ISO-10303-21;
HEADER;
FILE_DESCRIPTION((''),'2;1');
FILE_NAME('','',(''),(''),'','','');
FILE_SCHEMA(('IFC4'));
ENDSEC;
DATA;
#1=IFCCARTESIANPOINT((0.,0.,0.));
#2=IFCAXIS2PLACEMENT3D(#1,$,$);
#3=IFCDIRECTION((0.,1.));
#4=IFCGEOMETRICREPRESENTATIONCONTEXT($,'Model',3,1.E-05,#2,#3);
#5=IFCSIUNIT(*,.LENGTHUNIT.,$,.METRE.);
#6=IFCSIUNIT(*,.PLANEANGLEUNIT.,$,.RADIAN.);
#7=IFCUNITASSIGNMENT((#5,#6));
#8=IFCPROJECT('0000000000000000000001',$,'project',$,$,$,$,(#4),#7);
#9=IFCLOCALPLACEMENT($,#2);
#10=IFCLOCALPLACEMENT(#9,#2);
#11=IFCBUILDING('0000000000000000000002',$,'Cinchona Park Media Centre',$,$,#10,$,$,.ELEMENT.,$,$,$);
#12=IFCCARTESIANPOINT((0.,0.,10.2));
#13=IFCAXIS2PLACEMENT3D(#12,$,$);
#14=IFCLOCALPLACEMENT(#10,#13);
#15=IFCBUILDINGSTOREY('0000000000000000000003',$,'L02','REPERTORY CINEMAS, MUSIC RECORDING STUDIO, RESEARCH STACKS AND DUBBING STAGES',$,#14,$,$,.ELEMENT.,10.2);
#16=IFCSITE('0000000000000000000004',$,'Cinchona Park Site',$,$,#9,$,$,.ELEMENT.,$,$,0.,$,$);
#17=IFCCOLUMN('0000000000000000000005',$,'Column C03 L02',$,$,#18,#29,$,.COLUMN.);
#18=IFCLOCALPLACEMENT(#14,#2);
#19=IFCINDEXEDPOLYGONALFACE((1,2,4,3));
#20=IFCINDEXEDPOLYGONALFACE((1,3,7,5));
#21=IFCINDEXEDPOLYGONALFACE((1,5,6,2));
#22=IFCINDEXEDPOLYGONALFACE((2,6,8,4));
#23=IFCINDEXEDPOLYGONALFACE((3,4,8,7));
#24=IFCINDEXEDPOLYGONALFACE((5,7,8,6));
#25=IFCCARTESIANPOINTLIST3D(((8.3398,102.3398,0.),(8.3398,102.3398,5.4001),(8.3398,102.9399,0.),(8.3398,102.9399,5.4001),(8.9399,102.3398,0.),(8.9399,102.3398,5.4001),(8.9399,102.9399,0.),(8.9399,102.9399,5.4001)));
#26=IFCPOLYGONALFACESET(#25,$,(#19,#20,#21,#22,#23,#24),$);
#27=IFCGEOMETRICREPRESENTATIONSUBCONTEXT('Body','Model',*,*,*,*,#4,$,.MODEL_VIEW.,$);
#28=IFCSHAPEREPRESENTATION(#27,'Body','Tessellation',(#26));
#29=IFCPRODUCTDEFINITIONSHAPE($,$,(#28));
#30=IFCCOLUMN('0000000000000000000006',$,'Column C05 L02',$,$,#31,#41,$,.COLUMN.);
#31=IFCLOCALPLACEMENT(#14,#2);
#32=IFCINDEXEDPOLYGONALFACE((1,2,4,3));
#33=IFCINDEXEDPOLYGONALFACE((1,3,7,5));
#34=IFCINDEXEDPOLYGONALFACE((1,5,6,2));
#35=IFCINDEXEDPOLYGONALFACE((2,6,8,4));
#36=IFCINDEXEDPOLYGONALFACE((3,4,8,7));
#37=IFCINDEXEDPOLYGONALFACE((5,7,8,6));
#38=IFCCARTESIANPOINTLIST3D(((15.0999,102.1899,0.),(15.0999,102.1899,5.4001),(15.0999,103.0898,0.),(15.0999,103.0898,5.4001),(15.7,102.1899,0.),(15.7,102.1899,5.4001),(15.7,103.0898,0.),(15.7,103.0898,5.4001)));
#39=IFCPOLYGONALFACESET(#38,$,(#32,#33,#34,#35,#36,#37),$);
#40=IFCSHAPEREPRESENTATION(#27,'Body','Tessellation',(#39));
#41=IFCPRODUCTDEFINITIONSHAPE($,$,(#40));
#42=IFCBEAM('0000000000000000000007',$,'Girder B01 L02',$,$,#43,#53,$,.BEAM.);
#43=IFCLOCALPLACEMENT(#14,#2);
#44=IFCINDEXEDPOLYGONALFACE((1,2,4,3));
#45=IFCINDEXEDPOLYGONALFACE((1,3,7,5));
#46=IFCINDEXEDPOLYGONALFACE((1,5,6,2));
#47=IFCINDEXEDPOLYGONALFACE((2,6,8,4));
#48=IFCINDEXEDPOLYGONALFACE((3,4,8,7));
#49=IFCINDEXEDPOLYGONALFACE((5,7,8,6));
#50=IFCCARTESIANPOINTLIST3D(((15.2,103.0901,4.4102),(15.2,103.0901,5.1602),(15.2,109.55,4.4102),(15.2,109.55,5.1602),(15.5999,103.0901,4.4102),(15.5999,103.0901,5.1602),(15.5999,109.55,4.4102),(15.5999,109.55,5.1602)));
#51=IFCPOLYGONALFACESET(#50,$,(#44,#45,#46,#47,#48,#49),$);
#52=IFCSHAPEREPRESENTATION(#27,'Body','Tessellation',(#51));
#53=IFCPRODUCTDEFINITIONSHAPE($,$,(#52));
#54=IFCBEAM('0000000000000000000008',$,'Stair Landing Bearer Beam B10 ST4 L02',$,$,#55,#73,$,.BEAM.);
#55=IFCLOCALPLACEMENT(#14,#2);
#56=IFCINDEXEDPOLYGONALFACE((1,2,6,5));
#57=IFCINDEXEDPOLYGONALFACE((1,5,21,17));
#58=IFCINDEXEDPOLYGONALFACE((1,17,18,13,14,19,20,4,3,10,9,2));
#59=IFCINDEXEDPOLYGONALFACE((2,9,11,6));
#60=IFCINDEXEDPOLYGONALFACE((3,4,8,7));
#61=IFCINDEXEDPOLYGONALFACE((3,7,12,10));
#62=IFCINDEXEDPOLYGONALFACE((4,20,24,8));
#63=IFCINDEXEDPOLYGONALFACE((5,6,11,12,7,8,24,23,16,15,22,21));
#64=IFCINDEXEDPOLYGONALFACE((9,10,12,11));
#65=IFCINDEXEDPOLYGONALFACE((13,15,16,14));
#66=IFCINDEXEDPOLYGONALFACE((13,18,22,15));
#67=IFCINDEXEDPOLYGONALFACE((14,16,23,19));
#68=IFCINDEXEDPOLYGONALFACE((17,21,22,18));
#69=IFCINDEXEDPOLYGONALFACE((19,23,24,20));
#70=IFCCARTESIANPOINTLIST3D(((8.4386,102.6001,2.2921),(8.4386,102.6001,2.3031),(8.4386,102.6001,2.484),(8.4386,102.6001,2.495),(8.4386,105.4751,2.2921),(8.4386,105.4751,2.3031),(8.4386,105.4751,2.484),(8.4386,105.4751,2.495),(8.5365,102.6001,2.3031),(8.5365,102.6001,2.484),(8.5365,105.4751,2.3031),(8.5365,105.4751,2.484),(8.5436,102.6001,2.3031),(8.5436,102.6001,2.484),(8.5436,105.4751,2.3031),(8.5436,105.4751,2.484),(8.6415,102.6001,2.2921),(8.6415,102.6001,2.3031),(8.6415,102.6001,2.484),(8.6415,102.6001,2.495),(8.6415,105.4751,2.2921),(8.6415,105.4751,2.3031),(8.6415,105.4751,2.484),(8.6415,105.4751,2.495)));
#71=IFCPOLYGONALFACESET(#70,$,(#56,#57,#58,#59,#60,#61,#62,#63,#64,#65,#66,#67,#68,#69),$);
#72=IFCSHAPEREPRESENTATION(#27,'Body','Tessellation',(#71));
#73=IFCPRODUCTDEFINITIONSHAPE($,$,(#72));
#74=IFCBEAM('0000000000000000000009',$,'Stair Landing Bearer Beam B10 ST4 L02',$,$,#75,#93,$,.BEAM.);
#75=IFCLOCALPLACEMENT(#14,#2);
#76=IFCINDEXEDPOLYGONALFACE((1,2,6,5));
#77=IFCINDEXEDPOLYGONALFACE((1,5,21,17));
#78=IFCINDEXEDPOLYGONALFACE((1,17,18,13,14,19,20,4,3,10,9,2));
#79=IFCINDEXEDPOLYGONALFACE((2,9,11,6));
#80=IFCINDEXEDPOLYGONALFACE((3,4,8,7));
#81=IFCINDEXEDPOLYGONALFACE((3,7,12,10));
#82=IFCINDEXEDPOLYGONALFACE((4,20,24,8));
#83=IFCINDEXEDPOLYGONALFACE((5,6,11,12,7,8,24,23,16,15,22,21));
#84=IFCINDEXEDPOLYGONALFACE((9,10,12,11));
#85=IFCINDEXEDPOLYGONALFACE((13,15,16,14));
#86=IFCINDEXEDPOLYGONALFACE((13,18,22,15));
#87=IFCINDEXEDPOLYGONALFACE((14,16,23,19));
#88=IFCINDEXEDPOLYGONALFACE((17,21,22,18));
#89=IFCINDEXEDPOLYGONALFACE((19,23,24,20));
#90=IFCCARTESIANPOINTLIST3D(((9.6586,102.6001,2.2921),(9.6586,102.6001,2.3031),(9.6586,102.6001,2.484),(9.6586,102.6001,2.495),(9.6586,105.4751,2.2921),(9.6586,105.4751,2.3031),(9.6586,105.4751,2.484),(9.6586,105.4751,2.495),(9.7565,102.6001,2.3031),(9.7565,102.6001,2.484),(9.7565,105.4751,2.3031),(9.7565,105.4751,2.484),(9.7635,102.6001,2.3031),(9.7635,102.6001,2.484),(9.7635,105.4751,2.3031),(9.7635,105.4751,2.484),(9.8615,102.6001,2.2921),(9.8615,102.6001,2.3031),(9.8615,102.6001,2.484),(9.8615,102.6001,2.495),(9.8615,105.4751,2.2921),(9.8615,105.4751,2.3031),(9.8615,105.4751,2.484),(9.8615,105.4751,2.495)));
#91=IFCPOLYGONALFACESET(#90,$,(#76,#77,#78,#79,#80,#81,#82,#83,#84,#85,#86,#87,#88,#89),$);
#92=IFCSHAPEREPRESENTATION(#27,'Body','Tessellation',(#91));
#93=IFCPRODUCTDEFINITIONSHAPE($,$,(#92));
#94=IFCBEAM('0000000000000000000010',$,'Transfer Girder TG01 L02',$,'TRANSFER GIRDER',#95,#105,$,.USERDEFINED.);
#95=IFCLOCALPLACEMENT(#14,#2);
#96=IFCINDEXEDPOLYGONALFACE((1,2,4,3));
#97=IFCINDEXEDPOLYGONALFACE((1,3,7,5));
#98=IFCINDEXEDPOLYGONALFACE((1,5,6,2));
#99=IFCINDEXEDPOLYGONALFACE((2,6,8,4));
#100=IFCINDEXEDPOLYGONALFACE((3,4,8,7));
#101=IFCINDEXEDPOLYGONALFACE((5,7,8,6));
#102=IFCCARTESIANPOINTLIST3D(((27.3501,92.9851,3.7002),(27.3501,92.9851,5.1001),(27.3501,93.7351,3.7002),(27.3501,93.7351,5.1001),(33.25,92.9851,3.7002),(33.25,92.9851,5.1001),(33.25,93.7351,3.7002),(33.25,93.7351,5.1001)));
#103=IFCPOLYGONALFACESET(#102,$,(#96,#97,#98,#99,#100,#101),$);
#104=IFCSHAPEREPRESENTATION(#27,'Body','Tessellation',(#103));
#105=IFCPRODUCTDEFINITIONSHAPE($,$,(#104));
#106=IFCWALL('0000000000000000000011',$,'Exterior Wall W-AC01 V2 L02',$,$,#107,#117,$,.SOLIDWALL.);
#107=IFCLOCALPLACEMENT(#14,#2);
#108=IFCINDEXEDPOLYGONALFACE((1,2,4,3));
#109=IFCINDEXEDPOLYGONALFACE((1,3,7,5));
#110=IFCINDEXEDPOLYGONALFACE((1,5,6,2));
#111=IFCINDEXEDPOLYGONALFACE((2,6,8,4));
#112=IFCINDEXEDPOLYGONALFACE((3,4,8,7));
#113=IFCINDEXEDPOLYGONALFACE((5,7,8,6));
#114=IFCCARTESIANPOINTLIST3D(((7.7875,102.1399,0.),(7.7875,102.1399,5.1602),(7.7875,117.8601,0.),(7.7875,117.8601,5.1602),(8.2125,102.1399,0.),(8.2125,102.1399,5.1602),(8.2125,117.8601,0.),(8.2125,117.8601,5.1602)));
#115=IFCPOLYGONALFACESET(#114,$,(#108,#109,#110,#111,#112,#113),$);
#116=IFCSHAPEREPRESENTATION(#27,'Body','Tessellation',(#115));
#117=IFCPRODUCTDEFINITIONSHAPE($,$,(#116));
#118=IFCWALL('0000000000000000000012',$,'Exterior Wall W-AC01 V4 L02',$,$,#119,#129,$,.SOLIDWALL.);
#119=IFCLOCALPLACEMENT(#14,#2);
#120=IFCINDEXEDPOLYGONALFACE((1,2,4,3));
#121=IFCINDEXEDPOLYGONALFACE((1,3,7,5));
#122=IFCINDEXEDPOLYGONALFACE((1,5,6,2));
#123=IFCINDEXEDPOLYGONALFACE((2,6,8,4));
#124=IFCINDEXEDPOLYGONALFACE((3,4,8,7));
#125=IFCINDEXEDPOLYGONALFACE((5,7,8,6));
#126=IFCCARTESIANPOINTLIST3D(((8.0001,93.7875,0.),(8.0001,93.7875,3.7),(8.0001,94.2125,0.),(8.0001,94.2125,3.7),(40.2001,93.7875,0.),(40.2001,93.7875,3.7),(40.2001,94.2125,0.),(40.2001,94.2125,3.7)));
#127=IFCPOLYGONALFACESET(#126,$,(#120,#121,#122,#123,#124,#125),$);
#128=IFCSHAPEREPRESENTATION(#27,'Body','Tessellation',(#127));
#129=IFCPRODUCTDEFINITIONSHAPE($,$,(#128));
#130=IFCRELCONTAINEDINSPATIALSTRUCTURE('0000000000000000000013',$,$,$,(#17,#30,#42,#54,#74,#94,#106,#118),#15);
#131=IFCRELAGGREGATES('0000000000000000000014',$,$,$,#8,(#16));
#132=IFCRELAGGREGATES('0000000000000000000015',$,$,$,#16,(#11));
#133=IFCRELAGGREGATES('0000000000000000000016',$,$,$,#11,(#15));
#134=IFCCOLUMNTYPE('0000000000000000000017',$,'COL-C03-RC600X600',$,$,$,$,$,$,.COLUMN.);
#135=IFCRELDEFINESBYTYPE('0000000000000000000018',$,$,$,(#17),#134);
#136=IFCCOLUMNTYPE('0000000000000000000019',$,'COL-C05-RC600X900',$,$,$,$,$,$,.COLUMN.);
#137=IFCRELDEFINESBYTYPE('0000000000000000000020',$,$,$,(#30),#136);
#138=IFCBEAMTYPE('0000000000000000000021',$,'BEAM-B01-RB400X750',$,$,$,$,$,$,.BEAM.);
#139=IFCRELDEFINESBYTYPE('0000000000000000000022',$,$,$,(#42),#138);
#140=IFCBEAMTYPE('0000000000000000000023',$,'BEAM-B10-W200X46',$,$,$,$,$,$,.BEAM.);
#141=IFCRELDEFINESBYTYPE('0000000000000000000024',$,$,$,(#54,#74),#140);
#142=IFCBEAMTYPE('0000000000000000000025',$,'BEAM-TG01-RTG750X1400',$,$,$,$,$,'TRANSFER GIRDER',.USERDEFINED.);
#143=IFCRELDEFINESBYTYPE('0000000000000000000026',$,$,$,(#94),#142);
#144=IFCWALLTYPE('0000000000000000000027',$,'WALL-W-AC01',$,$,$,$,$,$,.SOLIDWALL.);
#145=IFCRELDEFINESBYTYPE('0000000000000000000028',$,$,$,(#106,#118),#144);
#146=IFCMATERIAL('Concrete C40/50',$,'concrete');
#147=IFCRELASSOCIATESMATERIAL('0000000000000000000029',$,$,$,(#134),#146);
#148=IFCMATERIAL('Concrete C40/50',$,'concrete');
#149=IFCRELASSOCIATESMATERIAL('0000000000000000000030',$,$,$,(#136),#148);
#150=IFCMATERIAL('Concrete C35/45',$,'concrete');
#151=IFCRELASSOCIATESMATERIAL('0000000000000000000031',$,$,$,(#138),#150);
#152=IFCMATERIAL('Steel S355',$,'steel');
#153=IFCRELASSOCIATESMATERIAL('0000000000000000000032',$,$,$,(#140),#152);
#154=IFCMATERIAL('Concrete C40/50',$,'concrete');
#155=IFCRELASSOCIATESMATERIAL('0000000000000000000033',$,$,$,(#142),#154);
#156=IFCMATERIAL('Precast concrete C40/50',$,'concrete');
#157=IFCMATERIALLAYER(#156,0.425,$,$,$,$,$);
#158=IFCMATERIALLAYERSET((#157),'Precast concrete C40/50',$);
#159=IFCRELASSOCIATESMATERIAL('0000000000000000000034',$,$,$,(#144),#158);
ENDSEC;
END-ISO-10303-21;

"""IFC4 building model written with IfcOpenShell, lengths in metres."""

from ifc_helpers import new_model, si_unit, direction, frame, frame_2d, origin, origin_2d, place, context, subcontext, project, spatial, rectangle, i_section, extrude, material, layer, layer_set, material_profile, profile_set, type_object, element, save


model = new_model("IFC4")

# Units and contexts
model_context = context("Model", 3, precision=1e-05, world=origin(), true_north=direction((0.0, 1.0)))
body_context = subcontext(model_context, "Body", "Model", "MODEL_VIEW")
ifc_project = project(units=[si_unit("LENGTHUNIT", "METRE"), si_unit("PLANEANGLEUNIT", "RADIAN")], contexts=[model_context])

# Site, building, storey
site_placement = place(None, origin())
site = spatial("IfcSite", under=ifc_project, at=site_placement, Name="Cinchona Park Site", CompositionType="ELEMENT", RefElevation=0.0)
building_placement = place(site_placement, origin())
building = spatial("IfcBuilding", under=site, at=building_placement, Name="Cinchona Park Media Centre", CompositionType="ELEMENT")
storey_placement = place(building_placement, frame((0.0, 0.0, 10.2)))
storey = spatial("IfcBuildingStorey", under=building, at=storey_placement, Name="L02", Description="REPERTORY CINEMAS, MUSIC RECORDING STUDIO, RESEARCH STACKS AND DUBBING STAGES", CompositionType="ELEMENT", Elevation=10.2)

# Columns
ifc_material_1 = material(Name="Concrete C40/50", Category="concrete")
ifc_material_profile_1 = material_profile(ifc_material_1, rectangle(XDim=0.6001, YDim=0.6001, at=origin_2d()), Name="RC 600X600")
ifc_profile_set_1 = profile_set([ifc_material_profile_1], Name="Concrete C40/50")
column_type_1 = type_object("IfcColumnType", Name="COL-C03-RC600X600", PredefinedType="COLUMN", material=ifc_profile_set_1)
column_1_placement = place(storey_placement, frame((8.6399, 102.6399, 0.0), z_axis=(0.0, 0.0, 1.0), x_axis=(1.0, 0.0, 0.0)))
element("IfcColumn", 1, at=column_1_placement, inside=storey, type_object=column_type_1, Name="Column C03 L02", PredefinedType="COLUMN", context=body_context, shape_type="SweptSolid", body=[
    extrude(rectangle(XDim=0.6001, YDim=0.6001, at=origin_2d()), origin(), (0.0, 0.0, 1.0), 5.4001),
])
ifc_material_2 = material(Name="Concrete C40/50", Category="concrete")
ifc_material_profile_2 = material_profile(ifc_material_2, rectangle(XDim=0.6001, YDim=0.8999, at=origin_2d()), Name="RC 600X900")
ifc_profile_set_2 = profile_set([ifc_material_profile_2], Name="Concrete C40/50")
column_type_2 = type_object("IfcColumnType", Name="COL-C05-RC600X900", PredefinedType="COLUMN", material=ifc_profile_set_2)
column_2_placement = place(storey_placement, frame((15.3999, 102.6399, 0.0), z_axis=(0.0, 0.0, 1.0), x_axis=(1.0, 0.0, 0.0)))
element("IfcColumn", 2, at=column_2_placement, inside=storey, type_object=column_type_2, Name="Column C05 L02", PredefinedType="COLUMN", context=body_context, shape_type="SweptSolid", body=[
    extrude(rectangle(XDim=0.6001, YDim=0.8999, at=origin_2d()), origin(), (0.0, 0.0, 1.0), 5.4001),
])

# Beams
ifc_material_3 = material(Name="Concrete C35/45", Category="concrete")
ifc_material_profile_3 = material_profile(ifc_material_3, rectangle(XDim=0.3999, YDim=0.75, at=origin_2d()), Name="RB 400X750")
ifc_profile_set_3 = profile_set([ifc_material_profile_3], Name="Concrete C35/45")
beam_type_1 = type_object("IfcBeamType", Name="BEAM-B01-RB400X750", PredefinedType="BEAM", material=ifc_profile_set_3)
beam_1_placement = place(storey_placement, frame((15.3999, 103.0901, 4.7852), z_axis=(0.0, 1.0, 0.0), x_axis=(-1.0, 0.0, 0.0)))
element("IfcBeam", 3, at=beam_1_placement, inside=storey, type_object=beam_type_1, Name="Girder B01 L02", PredefinedType="BEAM", context=body_context, shape_type="SweptSolid", body=[
    extrude(rectangle(XDim=0.3999, YDim=0.75, at=origin_2d()), origin(), (0.0, 0.0, 1.0), 6.46),
])
ifc_material_4 = material(Name="Steel S355", Category="steel")
ifc_material_profile_4 = material_profile(ifc_material_4, i_section(OverallWidth=0.2029, OverallDepth=0.2029, WebThickness=0.0071, FlangeThickness=0.011, at=origin_2d()), Name="W200X46")
ifc_profile_set_4 = profile_set([ifc_material_profile_4], Name="Steel S355")
beam_type_2 = type_object("IfcBeamType", Name="BEAM-B10-W200X46", PredefinedType="BEAM", material=ifc_profile_set_4)
for number, where, z_axis, x_axis, name in (
    (4, (8.54, 105.4751, 2.3936), (0.0, -1.0, 0.0), (1.0, 0.0, 0.0), "Stair Landing Bearer Beam B10 ST4 L02"),
    (5, (9.76, 105.4751, 2.3936), (0.0, -1.0, 0.0), (1.0, 0.0, 0.0), "Stair Landing Bearer Beam B10 ST4 L02"),
):
    element("IfcBeam", number, at=place(storey_placement, frame(where, z_axis=z_axis, x_axis=x_axis)), inside=storey, type_object=beam_type_2, Name=name, PredefinedType="BEAM", context=body_context, shape_type="SweptSolid", body=[
        extrude(i_section(OverallWidth=0.2029, OverallDepth=0.2029, WebThickness=0.0071, FlangeThickness=0.011, at=origin_2d()), origin(), (0.0, 0.0, 1.0), 2.875),
    ])
ifc_material_5 = material(Name="Concrete C40/50", Category="concrete")
ifc_material_profile_5 = material_profile(ifc_material_5, rectangle(XDim=0.75, YDim=1.3999, at=origin_2d()), Name="RTG 750X1400")
ifc_profile_set_5 = profile_set([ifc_material_profile_5], Name="Concrete C40/50")
beam_type_3 = type_object("IfcBeamType", Name="BEAM-TG01-RTG750X1400", ElementType="TRANSFER GIRDER", PredefinedType="USERDEFINED", material=ifc_profile_set_5)
beam_2_placement = place(storey_placement, frame((27.3501, 93.3601, 4.4001), z_axis=(1.0, 0.0, 0.0), x_axis=(0.0, 1.0, 0.0)))
element("IfcBeam", 6, at=beam_2_placement, inside=storey, type_object=beam_type_3, Name="Transfer Girder TG01 L02", ObjectType="TRANSFER GIRDER", PredefinedType="USERDEFINED", context=body_context, shape_type="SweptSolid", body=[
    extrude(rectangle(XDim=0.75, YDim=1.3999, at=origin_2d()), origin(), (0.0, 0.0, 1.0), 5.8999),
])

# Walls
ifc_material_6 = material(Name="Precast concrete C40/50", Category="concrete")
ifc_layer_1 = layer(ifc_material_6, 0.425)
ifc_layer_set_1 = layer_set([ifc_layer_1], Name="Precast concrete C40/50")
wall_type_1 = type_object("IfcWallType", Name="WALL-W-AC01", PredefinedType="SOLIDWALL", material=ifc_layer_set_1)
wall_1_placement = place(storey_placement, frame((8.0, 102.1399, 0.0), z_axis=(0.0, 0.0, 1.0), x_axis=(0.0, 1.0, 0.0)))
element("IfcWall", 7, at=wall_1_placement, inside=storey, type_object=wall_type_1, Name="Exterior Wall W-AC01 V2 L02", PredefinedType="SOLIDWALL", context=body_context, shape_type="SweptSolid", body=[
    extrude(rectangle(XDim=15.7202, YDim=0.425, at=frame_2d((7.8601, 0.0))), origin(), (0.0, 0.0, 1.0), 5.1602),
])
wall_2_placement = place(storey_placement, frame((8.0, 94.0, 0.0), z_axis=(0.0, 0.0, 1.0), x_axis=(1.0, 0.0, 0.0)))
element("IfcWall", 8, at=wall_2_placement, inside=storey, type_object=wall_type_1, Name="Exterior Wall W-AC01 V4 L02", PredefinedType="SOLIDWALL", context=body_context, shape_type="SweptSolid", body=[
    extrude(rectangle(XDim=32.2, YDim=0.425, at=frame_2d((16.1001, 0.0))), origin(), (0.0, 0.0, 1.0), 3.7),
])

save(model, "model.ifc")
